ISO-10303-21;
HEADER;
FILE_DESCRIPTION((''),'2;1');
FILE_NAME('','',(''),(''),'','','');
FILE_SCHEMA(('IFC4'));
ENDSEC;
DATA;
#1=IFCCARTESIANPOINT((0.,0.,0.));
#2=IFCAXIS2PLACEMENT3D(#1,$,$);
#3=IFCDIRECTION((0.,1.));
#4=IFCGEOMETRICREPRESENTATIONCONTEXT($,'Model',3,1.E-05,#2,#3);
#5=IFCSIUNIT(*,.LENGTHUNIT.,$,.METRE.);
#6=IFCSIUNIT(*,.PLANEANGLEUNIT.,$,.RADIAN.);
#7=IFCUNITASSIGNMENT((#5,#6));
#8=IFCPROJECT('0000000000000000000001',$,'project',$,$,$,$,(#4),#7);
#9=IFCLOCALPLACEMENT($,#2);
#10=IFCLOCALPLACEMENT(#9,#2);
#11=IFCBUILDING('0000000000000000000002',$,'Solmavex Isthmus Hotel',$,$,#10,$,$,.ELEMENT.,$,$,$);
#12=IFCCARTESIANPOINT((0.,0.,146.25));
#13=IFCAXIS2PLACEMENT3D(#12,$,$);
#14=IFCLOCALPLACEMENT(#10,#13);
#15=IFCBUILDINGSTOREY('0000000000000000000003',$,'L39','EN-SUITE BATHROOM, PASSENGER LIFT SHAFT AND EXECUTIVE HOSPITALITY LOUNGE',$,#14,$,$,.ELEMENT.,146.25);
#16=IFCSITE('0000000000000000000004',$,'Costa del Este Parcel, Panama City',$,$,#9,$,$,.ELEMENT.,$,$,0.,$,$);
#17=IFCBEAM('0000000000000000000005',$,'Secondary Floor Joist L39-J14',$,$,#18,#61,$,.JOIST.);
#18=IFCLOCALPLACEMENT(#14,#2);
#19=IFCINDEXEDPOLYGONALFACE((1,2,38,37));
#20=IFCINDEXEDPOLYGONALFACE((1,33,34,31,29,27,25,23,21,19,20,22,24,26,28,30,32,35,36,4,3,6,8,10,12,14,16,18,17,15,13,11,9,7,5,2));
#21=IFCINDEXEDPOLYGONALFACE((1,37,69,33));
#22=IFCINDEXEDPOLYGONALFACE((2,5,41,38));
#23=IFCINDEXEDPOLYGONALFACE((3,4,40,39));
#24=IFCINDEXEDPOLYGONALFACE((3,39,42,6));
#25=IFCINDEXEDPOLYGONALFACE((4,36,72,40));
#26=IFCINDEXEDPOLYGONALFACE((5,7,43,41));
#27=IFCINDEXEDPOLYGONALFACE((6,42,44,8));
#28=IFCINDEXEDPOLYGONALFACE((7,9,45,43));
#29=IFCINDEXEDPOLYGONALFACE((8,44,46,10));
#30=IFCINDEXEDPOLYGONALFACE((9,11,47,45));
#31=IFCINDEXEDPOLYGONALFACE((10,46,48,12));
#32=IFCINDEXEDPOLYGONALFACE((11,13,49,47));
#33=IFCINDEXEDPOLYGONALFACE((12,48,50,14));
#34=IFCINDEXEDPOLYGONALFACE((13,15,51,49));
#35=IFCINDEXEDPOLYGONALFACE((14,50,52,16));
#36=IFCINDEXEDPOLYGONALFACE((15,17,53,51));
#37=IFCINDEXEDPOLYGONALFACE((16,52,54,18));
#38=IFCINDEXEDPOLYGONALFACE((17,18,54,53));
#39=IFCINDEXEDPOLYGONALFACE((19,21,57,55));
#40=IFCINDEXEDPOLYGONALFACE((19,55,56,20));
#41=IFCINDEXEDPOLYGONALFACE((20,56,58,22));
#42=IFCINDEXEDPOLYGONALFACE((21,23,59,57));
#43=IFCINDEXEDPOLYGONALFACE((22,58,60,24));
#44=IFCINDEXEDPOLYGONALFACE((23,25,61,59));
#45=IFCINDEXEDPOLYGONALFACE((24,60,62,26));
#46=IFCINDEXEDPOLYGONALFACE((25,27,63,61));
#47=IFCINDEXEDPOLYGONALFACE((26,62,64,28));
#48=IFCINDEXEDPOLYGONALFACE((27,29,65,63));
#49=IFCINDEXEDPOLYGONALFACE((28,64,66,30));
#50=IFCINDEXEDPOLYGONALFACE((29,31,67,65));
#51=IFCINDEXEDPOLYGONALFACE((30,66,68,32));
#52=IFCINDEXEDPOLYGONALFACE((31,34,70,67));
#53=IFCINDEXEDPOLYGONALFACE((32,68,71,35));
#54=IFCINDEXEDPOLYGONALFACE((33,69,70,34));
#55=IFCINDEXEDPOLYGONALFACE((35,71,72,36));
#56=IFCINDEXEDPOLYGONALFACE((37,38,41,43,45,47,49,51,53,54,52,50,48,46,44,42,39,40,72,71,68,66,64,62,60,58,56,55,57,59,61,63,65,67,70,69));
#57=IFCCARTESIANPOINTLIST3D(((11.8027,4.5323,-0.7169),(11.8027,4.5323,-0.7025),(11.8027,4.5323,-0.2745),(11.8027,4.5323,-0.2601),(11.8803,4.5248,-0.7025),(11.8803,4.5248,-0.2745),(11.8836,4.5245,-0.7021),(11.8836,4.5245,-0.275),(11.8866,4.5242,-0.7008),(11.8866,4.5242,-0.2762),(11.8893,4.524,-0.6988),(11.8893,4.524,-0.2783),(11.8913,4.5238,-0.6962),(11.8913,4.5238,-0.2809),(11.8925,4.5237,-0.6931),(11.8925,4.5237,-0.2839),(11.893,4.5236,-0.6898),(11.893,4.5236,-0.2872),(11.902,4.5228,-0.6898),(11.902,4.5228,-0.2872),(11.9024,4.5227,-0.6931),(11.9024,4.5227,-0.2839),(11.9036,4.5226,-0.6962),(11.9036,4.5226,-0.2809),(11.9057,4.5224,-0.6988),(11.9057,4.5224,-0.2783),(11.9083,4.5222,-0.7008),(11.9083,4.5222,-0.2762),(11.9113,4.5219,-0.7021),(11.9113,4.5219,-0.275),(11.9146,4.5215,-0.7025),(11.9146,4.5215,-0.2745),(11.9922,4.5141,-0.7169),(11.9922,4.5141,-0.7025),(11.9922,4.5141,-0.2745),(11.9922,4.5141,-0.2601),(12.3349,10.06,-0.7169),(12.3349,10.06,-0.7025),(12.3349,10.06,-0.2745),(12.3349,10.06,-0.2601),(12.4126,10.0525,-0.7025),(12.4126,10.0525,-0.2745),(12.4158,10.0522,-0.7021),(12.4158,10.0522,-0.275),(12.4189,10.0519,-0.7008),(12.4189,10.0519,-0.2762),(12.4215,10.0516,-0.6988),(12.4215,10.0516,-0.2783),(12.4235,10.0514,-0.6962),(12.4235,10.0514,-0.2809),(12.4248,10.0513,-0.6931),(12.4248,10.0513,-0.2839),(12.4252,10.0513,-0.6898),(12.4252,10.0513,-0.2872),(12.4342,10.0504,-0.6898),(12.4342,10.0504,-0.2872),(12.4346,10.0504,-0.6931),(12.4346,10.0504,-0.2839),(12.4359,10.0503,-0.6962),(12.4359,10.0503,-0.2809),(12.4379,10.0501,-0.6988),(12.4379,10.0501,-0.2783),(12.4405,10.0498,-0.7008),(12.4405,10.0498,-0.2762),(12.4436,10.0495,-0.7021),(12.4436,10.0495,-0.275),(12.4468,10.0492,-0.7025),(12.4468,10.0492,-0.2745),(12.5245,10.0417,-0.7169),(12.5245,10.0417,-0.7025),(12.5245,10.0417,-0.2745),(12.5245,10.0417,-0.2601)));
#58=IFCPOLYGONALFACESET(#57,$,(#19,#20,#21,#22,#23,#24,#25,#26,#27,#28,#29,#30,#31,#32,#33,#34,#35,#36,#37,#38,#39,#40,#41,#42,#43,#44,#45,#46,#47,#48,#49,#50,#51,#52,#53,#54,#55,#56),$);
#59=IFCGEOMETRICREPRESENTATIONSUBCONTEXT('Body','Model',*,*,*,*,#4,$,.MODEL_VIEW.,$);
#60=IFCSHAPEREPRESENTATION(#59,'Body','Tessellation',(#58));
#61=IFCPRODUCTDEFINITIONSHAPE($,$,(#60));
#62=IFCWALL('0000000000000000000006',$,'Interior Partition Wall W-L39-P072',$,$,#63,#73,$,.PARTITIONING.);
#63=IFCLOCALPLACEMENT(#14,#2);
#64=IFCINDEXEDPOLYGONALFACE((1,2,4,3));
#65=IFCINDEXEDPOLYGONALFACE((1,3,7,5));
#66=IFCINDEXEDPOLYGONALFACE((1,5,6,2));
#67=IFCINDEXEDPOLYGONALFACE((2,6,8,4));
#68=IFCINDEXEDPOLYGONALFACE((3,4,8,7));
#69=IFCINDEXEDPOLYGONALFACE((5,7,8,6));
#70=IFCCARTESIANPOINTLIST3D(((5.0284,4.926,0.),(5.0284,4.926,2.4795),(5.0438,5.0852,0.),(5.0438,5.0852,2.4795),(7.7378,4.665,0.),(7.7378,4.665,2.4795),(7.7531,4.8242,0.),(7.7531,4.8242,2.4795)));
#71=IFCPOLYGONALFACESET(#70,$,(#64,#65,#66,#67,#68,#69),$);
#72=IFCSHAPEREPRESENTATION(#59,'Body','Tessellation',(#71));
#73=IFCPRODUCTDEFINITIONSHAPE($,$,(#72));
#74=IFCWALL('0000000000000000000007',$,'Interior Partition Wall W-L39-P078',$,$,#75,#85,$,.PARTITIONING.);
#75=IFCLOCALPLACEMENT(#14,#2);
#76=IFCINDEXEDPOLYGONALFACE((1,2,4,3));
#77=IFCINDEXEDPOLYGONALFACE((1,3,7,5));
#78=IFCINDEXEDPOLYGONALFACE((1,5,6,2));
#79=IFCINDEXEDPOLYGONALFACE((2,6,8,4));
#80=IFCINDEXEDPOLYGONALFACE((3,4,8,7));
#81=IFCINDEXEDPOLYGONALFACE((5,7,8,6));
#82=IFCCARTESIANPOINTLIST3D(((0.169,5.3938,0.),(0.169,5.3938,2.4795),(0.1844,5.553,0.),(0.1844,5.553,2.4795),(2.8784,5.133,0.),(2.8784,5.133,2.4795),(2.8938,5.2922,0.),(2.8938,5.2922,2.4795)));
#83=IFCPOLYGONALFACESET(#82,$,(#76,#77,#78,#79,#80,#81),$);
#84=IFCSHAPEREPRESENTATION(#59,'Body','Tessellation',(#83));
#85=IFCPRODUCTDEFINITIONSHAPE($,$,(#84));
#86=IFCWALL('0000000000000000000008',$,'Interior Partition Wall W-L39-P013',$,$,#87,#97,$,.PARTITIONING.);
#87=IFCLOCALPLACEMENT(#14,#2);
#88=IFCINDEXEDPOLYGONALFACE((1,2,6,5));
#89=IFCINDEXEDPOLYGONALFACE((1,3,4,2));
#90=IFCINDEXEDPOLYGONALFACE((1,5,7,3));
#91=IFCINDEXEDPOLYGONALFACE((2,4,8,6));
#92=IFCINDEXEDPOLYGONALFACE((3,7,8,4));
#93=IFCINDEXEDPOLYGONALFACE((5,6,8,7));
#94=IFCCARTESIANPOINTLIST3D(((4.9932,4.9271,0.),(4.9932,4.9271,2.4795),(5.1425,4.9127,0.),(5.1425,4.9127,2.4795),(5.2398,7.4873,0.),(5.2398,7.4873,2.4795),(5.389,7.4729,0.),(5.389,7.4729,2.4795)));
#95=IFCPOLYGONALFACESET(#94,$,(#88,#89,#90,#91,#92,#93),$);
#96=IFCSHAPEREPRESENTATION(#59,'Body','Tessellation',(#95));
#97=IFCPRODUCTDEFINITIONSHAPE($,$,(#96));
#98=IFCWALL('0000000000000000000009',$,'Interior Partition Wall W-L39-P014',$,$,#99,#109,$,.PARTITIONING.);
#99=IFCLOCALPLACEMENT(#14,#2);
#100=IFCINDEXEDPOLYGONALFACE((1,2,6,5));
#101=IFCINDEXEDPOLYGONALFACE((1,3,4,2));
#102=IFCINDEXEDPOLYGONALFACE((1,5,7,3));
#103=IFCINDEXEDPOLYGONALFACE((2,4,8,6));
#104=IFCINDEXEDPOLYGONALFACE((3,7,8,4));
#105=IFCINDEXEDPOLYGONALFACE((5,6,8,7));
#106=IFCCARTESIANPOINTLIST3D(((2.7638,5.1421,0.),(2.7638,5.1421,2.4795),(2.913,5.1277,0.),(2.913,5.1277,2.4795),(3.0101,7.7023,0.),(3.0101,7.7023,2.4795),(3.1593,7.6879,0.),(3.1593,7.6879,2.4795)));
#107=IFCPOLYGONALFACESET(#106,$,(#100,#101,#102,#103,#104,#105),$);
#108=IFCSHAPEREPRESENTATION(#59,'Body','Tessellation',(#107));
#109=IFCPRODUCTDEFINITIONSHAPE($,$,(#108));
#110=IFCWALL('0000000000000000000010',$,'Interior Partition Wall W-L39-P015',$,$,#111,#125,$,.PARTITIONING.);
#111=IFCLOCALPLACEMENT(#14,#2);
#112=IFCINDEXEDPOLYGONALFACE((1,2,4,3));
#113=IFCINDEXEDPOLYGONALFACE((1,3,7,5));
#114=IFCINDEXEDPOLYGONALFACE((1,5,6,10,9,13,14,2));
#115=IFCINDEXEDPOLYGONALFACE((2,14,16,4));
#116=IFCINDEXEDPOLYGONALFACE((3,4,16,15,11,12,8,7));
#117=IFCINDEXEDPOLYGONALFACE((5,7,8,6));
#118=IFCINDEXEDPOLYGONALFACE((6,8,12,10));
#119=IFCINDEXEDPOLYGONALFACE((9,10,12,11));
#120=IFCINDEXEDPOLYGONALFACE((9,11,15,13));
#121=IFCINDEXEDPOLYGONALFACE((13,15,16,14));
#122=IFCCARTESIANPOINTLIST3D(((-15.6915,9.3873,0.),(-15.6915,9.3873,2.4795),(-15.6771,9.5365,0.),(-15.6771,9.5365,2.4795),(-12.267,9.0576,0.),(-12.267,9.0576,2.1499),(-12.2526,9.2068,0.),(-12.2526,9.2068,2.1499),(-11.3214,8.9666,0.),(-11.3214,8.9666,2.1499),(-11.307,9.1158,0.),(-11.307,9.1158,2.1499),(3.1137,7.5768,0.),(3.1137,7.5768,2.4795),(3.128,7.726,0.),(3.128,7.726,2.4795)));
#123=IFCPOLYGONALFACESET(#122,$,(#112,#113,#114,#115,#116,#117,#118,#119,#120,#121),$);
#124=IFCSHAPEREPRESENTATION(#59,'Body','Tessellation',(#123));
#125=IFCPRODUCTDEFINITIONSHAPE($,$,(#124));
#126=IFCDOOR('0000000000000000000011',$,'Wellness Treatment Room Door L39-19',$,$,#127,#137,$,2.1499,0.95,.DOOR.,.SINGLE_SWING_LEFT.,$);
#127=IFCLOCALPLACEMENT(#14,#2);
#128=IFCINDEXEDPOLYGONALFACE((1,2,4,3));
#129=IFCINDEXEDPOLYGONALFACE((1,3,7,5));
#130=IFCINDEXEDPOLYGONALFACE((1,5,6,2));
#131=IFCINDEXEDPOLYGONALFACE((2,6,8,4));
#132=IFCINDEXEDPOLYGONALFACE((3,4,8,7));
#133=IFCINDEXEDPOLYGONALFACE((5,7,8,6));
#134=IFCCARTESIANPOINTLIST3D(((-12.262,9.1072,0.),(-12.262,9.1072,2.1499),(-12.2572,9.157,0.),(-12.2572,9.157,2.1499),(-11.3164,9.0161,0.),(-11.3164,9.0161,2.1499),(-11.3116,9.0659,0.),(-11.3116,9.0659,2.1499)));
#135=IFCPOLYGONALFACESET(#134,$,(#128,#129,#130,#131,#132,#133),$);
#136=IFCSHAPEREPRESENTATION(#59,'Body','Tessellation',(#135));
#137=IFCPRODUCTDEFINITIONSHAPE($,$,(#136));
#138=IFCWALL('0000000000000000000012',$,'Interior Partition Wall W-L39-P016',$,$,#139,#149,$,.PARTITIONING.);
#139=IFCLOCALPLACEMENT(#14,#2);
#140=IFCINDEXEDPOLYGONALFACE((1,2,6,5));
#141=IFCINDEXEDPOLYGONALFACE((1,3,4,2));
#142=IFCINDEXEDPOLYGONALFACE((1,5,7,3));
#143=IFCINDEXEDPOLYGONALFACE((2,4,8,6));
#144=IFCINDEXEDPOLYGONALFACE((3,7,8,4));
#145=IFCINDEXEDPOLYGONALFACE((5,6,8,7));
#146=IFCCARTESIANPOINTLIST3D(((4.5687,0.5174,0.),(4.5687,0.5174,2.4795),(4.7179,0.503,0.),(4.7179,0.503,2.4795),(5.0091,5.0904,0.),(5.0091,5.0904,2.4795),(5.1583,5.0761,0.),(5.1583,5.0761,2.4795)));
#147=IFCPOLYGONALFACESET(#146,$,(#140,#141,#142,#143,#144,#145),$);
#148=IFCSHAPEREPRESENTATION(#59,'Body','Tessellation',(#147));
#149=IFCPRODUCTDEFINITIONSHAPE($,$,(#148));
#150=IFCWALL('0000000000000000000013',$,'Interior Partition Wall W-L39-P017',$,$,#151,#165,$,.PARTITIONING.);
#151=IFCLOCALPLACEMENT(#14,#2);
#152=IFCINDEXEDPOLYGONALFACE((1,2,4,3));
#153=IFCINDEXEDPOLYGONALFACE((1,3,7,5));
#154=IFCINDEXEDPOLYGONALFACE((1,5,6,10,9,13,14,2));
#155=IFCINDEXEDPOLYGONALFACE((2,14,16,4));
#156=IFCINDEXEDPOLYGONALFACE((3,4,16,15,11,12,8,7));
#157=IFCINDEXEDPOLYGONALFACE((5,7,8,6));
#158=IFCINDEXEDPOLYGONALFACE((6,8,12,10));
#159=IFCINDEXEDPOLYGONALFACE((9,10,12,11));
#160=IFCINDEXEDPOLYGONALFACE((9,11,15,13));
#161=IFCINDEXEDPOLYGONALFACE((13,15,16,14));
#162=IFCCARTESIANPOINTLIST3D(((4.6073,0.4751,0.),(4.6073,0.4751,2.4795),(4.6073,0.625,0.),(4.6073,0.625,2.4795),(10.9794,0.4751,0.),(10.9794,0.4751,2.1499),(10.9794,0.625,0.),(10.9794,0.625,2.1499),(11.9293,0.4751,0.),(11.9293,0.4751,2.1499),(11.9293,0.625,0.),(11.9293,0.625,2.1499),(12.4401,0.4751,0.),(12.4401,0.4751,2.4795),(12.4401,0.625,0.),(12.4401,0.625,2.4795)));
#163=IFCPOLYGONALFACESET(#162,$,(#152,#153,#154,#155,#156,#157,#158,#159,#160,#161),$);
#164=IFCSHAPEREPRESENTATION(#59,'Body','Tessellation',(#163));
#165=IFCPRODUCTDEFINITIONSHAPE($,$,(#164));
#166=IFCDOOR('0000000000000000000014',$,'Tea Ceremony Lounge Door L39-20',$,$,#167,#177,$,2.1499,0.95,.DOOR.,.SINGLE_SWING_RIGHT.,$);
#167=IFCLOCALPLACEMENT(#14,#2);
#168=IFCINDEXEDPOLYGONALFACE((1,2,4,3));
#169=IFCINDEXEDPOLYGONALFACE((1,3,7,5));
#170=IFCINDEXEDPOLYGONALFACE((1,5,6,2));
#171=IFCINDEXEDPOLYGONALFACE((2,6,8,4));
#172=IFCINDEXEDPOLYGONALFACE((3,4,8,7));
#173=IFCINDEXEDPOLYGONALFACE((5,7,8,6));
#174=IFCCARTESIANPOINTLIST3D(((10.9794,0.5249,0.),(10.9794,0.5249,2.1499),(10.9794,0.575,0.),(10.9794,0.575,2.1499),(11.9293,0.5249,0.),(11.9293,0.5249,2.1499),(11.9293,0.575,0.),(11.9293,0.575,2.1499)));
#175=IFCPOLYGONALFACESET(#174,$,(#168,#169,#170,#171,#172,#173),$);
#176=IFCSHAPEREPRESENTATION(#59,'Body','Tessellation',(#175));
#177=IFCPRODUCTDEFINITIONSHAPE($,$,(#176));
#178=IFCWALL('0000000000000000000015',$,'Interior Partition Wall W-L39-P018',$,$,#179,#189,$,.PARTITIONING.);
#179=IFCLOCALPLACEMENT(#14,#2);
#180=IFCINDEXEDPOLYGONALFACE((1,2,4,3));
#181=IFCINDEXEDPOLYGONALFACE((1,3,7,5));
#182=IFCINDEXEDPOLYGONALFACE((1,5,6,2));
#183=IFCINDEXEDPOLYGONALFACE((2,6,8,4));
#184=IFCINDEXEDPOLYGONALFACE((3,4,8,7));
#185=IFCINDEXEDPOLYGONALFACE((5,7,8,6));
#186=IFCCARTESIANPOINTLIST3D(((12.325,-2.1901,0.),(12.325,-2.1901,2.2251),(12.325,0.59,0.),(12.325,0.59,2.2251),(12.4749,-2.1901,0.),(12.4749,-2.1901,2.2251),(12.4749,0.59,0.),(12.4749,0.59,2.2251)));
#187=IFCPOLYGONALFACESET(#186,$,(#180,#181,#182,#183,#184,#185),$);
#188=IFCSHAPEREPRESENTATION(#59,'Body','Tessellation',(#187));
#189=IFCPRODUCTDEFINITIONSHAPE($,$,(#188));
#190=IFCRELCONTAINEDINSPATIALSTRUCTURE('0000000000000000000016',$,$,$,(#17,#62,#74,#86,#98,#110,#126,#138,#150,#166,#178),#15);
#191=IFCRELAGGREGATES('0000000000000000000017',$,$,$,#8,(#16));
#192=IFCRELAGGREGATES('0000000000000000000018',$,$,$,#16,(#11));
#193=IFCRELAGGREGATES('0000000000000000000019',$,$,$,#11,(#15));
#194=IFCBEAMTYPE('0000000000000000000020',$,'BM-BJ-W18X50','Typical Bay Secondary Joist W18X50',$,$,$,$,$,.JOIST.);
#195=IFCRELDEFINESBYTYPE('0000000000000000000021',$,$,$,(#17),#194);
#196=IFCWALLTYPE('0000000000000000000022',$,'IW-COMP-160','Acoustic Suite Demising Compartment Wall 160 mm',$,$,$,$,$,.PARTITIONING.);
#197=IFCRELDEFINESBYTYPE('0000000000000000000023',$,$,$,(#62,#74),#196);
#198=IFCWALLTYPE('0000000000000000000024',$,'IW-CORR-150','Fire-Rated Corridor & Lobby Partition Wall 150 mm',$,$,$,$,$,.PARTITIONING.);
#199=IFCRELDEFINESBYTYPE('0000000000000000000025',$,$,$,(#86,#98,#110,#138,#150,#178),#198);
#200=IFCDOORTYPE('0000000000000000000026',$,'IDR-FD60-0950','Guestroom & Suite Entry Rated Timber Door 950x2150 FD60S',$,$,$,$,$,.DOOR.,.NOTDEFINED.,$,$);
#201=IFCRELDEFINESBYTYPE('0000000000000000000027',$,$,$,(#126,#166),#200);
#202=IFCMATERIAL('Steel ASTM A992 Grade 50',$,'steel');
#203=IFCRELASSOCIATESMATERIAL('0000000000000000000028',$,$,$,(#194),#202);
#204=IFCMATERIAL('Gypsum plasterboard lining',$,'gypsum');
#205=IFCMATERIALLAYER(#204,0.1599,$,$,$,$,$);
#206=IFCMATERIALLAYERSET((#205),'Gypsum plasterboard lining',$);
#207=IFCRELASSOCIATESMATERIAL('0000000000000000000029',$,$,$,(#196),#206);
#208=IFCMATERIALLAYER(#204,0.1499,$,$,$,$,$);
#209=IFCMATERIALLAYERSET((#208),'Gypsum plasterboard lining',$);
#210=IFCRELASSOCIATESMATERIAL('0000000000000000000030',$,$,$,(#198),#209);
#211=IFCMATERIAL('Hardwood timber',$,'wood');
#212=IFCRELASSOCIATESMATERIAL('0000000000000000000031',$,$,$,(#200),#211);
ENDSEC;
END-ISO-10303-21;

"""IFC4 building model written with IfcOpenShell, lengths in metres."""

from ifc_helpers import new_model, si_unit, direction, frame, frame_2d, origin, origin_2d, place, context, subcontext, project, spatial, rectangle, i_section, extrude, material, layer, layer_set, material_profile, profile_set, type_object, element, fill, save


model = new_model("IFC4")

# Units and contexts
model_context = context("Model", 3, precision=1e-05, world=origin(), true_north=direction((0.0, 1.0)))
body_context = subcontext(model_context, "Body", "Model", "MODEL_VIEW")
ifc_project = project(units=[si_unit("LENGTHUNIT", "METRE"), si_unit("PLANEANGLEUNIT", "RADIAN")], contexts=[model_context])

# Site, building, storey
site_placement = place(None, origin())
site = spatial("IfcSite", under=ifc_project, at=site_placement, Name="Costa del Este Parcel, Panama City", CompositionType="ELEMENT", RefElevation=0.0)
building_placement = place(site_placement, origin())
building = spatial("IfcBuilding", under=site, at=building_placement, Name="Solmavex Isthmus Hotel", CompositionType="ELEMENT")
storey_placement = place(building_placement, frame((0.0, 0.0, 146.25)))
storey = spatial("IfcBuildingStorey", under=building, at=storey_placement, Name="L39", Description="EN-SUITE BATHROOM, PASSENGER LIFT SHAFT AND EXECUTIVE HOSPITALITY LOUNGE", CompositionType="ELEMENT", Elevation=146.25)

# Beam
ifc_material_1 = material(Name="Steel ASTM A992 Grade 50", Category="steel")
ifc_material_profile_1 = material_profile(ifc_material_1, i_section(OverallWidth=0.1904, OverallDepth=0.4568, WebThickness=0.009, FlangeThickness=0.0144, FilletRadius=0.0127, at=origin_2d()), Name="W18X50")
ifc_profile_set_1 = profile_set([ifc_material_profile_1], Name="Steel ASTM A992 Grade 50")
beam_type_1 = type_object("IfcBeamType", Name="BM-BJ-W18X50", Description="Typical Bay Secondary Joist W18X50", PredefinedType="JOIST", material=ifc_profile_set_1)
beam_1_placement = place(storey_placement, frame((11.8975, 4.5232, -0.4885), z_axis=(0.095842, 0.995397, 0.0), x_axis=(-0.995397, 0.095842, 0.0)))
element("IfcBeam", 1, at=beam_1_placement, inside=storey, type_object=beam_type_1, Name="Secondary Floor Joist L39-J14", PredefinedType="JOIST", context=body_context, shape_type="SweptSolid", body=[
    extrude(i_section(OverallWidth=0.1904, OverallDepth=0.4568, WebThickness=0.009, FlangeThickness=0.0144, FilletRadius=0.0127, at=origin_2d()), origin(), (0.0, 0.0, 1.0), 5.5532),
])

# Walls
ifc_material_2 = material(Name="Gypsum plasterboard lining", Category="gypsum")
ifc_layer_1 = layer(ifc_material_2, 0.1599)
ifc_layer_set_1 = layer_set([ifc_layer_1], Name="Gypsum plasterboard lining")
wall_type_1 = type_object("IfcWallType", Name="IW-COMP-160", Description="Acoustic Suite Demising Compartment Wall 160 mm", PredefinedType="PARTITIONING", material=ifc_layer_set_1)
for number, where, z_axis, x_axis, name in (
    (2, (7.7454, 4.7446, 0.0), (0.0, 0.0, 1.0), (-0.995393, 0.09588, 0.0), "Interior Partition Wall W-L39-P072"),
    (3, (2.886, 5.2126, 0.0), (0.0, 0.0, 1.0), (-0.995401, 0.095791, 0.0), "Interior Partition Wall W-L39-P078"),
):
    element("IfcWall", number, at=place(storey_placement, frame(where, z_axis=z_axis, x_axis=x_axis)), inside=storey, type_object=wall_type_1, Name=name, PredefinedType="PARTITIONING", context=body_context, shape_type="SweptSolid", body=[
        extrude(rectangle(XDim=2.7219, YDim=0.1599, at=frame_2d((1.3608, 0.0))), origin(), (0.0, 0.0, 1.0), 2.4795),
    ])
ifc_layer_2 = layer(ifc_material_2, 0.1499)
ifc_layer_set_2 = layer_set([ifc_layer_2], Name="Gypsum plasterboard lining")
wall_type_2 = type_object("IfcWallType", Name="IW-CORR-150", Description="Fire-Rated Corridor & Lobby Partition Wall 150 mm", PredefinedType="PARTITIONING", material=ifc_layer_set_2)
for number, where, z_axis, x_axis, name in (
    (4, (5.3145, 7.4802, 0.0), (0.0, 0.0, 1.0), (-0.095875, -0.995393, 0.0), "Interior Partition Wall W-L39-P013"),
    (5, (2.8384, 5.1348, 0.0), (0.0, 0.0, 1.0), (0.095772, 0.995403, 0.0), "Interior Partition Wall W-L39-P014"),
):
    element("IfcWall", number, at=place(storey_placement, frame(where, z_axis=z_axis, x_axis=x_axis)), inside=storey, type_object=wall_type_2, Name=name, PredefinedType="PARTITIONING", context=body_context, shape_type="SweptSolid", body=[
        extrude(rectangle(XDim=2.572, YDim=0.1499, at=frame_2d((1.2861, 0.0))), origin(), (0.0, 0.0, 1.0), 2.4795),
    ])

# Wall, opening, door
wall_1_placement = place(storey_placement, frame((3.1208, 7.6514, 0.0), z_axis=(0.0, 0.0, 1.0), x_axis=(-0.995397, 0.095836, 0.0)))
wall_1 = element("IfcWall", 6, at=wall_1_placement, inside=storey, type_object=wall_type_2, Name="Interior Partition Wall W-L39-P015", PredefinedType="PARTITIONING", context=body_context, shape_type="SweptSolid", body=[
    extrude(rectangle(XDim=18.8921, YDim=0.1499, at=frame_2d((9.446, 0.0))), origin(), (0.0, 0.0, 1.0), 2.4795),
])
opening_1_placement = place(wall_1_placement, frame((14.5017, 0.0, 0.0)))
opening_1 = element("IfcOpeningElement", 7, at=opening_1_placement, cuts=wall_1, PredefinedType="OPENING", context=body_context, shape_type="SweptSolid", body=[
    extrude(rectangle(XDim=0.95, YDim=2.1499, at=frame_2d((0.4751, 1.075))), frame((0.0, 0.085, 0.0), z_axis=(0.0, -1.0, 0.0), x_axis=(1.0, 0.0, 0.0)), (0.0, 0.0, 1.0), 0.1699),
])
ifc_material_3 = material(Name="Hardwood timber", Category="wood")
door_type = type_object("IfcDoorType", Name="IDR-FD60-0950", Description="Guestroom & Suite Entry Rated Timber Door 950x2150 FD60S", OperationType="NOTDEFINED", PredefinedType="DOOR", material=ifc_material_3)
door_1_placement = place(opening_1_placement, frame((0.95, 0.0, 0.0), z_axis=(0.0, 0.0, 1.0), x_axis=(-1.0, 0.0, 0.0)))
door_1 = element("IfcDoor", 8, at=door_1_placement, inside=storey, type_object=door_type, Name="Wellness Treatment Room Door L39-19", OperationType="SINGLE_SWING_LEFT", OverallHeight=2.1499, OverallWidth=0.95, PredefinedType="DOOR", context=body_context, shape_type="SweptSolid", body=[
    extrude(rectangle(XDim=0.95, YDim=2.1499, at=frame_2d((0.4751, 1.075))), frame((0.0, 0.0249, 0.0), z_axis=(0.0, -1.0, 0.0), x_axis=(1.0, 0.0, 0.0)), (0.0, 0.0, 1.0), 0.05),
])
fill(opening_1, door_1)

# Wall
wall_2_placement = place(storey_placement, frame((5.0837, 5.0833, 0.0), z_axis=(0.0, 0.0, 1.0), x_axis=(-0.095867, -0.995394, 0.0)))
element("IfcWall", 9, at=wall_2_placement, inside=storey, type_object=wall_type_2, Name="Interior Partition Wall W-L39-P016", PredefinedType="PARTITIONING", context=body_context, shape_type="SweptSolid", body=[
    extrude(rectangle(XDim=4.5942, YDim=0.1499, at=frame_2d((2.2971, 0.0))), origin(), (0.0, 0.0, 1.0), 2.4795),
])

# Wall, opening, door
wall_3_placement = place(storey_placement, frame((4.6072, 0.55, 0.0), z_axis=(0.0, 0.0, 1.0), x_axis=(1.0, 0.0, 0.0)))
wall_3 = element("IfcWall", 10, at=wall_3_placement, inside=storey, type_object=wall_type_2, Name="Interior Partition Wall W-L39-P017", PredefinedType="PARTITIONING", context=body_context, shape_type="SweptSolid", body=[
    extrude(rectangle(XDim=7.8328, YDim=0.1499, at=frame_2d((3.9165, 0.0))), origin(), (0.0, 0.0, 1.0), 2.4795),
])
opening_2_placement = place(wall_3_placement, frame((6.3721, 0.0, 0.0)))
opening_2 = element("IfcOpeningElement", 11, at=opening_2_placement, cuts=wall_3, PredefinedType="OPENING", context=body_context, shape_type="SweptSolid", body=[
    extrude(rectangle(XDim=0.95, YDim=2.1499, at=frame_2d((0.4751, 1.075))), frame((0.0, 0.085, 0.0), z_axis=(0.0, -1.0, 0.0), x_axis=(1.0, 0.0, 0.0)), (0.0, 0.0, 1.0), 0.1699),
])
door_2_placement = place(opening_2_placement, origin())
door_2 = element("IfcDoor", 12, at=door_2_placement, inside=storey, type_object=door_type, Name="Tea Ceremony Lounge Door L39-20", OperationType="SINGLE_SWING_RIGHT", OverallHeight=2.1499, OverallWidth=0.95, PredefinedType="DOOR", context=body_context, shape_type="SweptSolid", body=[
    extrude(rectangle(XDim=0.95, YDim=2.1499, at=frame_2d((0.4751, 1.075))), frame((0.0, 0.0249, 0.0), z_axis=(0.0, -1.0, 0.0), x_axis=(1.0, 0.0, 0.0)), (0.0, 0.0, 1.0), 0.05),
])
fill(opening_2, door_2)

# Wall
wall_4_placement = place(storey_placement, frame((12.3999, 0.5901, 0.0), z_axis=(0.0, 0.0, 1.0), x_axis=(0.0, -1.0, 0.0)))
element("IfcWall", 13, at=wall_4_placement, inside=storey, type_object=wall_type_2, Name="Interior Partition Wall W-L39-P018", PredefinedType="PARTITIONING", context=body_context, shape_type="SweptSolid", body=[
    extrude(rectangle(XDim=2.78, YDim=0.1499, at=frame_2d((1.3901, 0.0))), origin(), (0.0, 0.0, 1.0), 2.2251),
])

save(model, "model.ifc")
